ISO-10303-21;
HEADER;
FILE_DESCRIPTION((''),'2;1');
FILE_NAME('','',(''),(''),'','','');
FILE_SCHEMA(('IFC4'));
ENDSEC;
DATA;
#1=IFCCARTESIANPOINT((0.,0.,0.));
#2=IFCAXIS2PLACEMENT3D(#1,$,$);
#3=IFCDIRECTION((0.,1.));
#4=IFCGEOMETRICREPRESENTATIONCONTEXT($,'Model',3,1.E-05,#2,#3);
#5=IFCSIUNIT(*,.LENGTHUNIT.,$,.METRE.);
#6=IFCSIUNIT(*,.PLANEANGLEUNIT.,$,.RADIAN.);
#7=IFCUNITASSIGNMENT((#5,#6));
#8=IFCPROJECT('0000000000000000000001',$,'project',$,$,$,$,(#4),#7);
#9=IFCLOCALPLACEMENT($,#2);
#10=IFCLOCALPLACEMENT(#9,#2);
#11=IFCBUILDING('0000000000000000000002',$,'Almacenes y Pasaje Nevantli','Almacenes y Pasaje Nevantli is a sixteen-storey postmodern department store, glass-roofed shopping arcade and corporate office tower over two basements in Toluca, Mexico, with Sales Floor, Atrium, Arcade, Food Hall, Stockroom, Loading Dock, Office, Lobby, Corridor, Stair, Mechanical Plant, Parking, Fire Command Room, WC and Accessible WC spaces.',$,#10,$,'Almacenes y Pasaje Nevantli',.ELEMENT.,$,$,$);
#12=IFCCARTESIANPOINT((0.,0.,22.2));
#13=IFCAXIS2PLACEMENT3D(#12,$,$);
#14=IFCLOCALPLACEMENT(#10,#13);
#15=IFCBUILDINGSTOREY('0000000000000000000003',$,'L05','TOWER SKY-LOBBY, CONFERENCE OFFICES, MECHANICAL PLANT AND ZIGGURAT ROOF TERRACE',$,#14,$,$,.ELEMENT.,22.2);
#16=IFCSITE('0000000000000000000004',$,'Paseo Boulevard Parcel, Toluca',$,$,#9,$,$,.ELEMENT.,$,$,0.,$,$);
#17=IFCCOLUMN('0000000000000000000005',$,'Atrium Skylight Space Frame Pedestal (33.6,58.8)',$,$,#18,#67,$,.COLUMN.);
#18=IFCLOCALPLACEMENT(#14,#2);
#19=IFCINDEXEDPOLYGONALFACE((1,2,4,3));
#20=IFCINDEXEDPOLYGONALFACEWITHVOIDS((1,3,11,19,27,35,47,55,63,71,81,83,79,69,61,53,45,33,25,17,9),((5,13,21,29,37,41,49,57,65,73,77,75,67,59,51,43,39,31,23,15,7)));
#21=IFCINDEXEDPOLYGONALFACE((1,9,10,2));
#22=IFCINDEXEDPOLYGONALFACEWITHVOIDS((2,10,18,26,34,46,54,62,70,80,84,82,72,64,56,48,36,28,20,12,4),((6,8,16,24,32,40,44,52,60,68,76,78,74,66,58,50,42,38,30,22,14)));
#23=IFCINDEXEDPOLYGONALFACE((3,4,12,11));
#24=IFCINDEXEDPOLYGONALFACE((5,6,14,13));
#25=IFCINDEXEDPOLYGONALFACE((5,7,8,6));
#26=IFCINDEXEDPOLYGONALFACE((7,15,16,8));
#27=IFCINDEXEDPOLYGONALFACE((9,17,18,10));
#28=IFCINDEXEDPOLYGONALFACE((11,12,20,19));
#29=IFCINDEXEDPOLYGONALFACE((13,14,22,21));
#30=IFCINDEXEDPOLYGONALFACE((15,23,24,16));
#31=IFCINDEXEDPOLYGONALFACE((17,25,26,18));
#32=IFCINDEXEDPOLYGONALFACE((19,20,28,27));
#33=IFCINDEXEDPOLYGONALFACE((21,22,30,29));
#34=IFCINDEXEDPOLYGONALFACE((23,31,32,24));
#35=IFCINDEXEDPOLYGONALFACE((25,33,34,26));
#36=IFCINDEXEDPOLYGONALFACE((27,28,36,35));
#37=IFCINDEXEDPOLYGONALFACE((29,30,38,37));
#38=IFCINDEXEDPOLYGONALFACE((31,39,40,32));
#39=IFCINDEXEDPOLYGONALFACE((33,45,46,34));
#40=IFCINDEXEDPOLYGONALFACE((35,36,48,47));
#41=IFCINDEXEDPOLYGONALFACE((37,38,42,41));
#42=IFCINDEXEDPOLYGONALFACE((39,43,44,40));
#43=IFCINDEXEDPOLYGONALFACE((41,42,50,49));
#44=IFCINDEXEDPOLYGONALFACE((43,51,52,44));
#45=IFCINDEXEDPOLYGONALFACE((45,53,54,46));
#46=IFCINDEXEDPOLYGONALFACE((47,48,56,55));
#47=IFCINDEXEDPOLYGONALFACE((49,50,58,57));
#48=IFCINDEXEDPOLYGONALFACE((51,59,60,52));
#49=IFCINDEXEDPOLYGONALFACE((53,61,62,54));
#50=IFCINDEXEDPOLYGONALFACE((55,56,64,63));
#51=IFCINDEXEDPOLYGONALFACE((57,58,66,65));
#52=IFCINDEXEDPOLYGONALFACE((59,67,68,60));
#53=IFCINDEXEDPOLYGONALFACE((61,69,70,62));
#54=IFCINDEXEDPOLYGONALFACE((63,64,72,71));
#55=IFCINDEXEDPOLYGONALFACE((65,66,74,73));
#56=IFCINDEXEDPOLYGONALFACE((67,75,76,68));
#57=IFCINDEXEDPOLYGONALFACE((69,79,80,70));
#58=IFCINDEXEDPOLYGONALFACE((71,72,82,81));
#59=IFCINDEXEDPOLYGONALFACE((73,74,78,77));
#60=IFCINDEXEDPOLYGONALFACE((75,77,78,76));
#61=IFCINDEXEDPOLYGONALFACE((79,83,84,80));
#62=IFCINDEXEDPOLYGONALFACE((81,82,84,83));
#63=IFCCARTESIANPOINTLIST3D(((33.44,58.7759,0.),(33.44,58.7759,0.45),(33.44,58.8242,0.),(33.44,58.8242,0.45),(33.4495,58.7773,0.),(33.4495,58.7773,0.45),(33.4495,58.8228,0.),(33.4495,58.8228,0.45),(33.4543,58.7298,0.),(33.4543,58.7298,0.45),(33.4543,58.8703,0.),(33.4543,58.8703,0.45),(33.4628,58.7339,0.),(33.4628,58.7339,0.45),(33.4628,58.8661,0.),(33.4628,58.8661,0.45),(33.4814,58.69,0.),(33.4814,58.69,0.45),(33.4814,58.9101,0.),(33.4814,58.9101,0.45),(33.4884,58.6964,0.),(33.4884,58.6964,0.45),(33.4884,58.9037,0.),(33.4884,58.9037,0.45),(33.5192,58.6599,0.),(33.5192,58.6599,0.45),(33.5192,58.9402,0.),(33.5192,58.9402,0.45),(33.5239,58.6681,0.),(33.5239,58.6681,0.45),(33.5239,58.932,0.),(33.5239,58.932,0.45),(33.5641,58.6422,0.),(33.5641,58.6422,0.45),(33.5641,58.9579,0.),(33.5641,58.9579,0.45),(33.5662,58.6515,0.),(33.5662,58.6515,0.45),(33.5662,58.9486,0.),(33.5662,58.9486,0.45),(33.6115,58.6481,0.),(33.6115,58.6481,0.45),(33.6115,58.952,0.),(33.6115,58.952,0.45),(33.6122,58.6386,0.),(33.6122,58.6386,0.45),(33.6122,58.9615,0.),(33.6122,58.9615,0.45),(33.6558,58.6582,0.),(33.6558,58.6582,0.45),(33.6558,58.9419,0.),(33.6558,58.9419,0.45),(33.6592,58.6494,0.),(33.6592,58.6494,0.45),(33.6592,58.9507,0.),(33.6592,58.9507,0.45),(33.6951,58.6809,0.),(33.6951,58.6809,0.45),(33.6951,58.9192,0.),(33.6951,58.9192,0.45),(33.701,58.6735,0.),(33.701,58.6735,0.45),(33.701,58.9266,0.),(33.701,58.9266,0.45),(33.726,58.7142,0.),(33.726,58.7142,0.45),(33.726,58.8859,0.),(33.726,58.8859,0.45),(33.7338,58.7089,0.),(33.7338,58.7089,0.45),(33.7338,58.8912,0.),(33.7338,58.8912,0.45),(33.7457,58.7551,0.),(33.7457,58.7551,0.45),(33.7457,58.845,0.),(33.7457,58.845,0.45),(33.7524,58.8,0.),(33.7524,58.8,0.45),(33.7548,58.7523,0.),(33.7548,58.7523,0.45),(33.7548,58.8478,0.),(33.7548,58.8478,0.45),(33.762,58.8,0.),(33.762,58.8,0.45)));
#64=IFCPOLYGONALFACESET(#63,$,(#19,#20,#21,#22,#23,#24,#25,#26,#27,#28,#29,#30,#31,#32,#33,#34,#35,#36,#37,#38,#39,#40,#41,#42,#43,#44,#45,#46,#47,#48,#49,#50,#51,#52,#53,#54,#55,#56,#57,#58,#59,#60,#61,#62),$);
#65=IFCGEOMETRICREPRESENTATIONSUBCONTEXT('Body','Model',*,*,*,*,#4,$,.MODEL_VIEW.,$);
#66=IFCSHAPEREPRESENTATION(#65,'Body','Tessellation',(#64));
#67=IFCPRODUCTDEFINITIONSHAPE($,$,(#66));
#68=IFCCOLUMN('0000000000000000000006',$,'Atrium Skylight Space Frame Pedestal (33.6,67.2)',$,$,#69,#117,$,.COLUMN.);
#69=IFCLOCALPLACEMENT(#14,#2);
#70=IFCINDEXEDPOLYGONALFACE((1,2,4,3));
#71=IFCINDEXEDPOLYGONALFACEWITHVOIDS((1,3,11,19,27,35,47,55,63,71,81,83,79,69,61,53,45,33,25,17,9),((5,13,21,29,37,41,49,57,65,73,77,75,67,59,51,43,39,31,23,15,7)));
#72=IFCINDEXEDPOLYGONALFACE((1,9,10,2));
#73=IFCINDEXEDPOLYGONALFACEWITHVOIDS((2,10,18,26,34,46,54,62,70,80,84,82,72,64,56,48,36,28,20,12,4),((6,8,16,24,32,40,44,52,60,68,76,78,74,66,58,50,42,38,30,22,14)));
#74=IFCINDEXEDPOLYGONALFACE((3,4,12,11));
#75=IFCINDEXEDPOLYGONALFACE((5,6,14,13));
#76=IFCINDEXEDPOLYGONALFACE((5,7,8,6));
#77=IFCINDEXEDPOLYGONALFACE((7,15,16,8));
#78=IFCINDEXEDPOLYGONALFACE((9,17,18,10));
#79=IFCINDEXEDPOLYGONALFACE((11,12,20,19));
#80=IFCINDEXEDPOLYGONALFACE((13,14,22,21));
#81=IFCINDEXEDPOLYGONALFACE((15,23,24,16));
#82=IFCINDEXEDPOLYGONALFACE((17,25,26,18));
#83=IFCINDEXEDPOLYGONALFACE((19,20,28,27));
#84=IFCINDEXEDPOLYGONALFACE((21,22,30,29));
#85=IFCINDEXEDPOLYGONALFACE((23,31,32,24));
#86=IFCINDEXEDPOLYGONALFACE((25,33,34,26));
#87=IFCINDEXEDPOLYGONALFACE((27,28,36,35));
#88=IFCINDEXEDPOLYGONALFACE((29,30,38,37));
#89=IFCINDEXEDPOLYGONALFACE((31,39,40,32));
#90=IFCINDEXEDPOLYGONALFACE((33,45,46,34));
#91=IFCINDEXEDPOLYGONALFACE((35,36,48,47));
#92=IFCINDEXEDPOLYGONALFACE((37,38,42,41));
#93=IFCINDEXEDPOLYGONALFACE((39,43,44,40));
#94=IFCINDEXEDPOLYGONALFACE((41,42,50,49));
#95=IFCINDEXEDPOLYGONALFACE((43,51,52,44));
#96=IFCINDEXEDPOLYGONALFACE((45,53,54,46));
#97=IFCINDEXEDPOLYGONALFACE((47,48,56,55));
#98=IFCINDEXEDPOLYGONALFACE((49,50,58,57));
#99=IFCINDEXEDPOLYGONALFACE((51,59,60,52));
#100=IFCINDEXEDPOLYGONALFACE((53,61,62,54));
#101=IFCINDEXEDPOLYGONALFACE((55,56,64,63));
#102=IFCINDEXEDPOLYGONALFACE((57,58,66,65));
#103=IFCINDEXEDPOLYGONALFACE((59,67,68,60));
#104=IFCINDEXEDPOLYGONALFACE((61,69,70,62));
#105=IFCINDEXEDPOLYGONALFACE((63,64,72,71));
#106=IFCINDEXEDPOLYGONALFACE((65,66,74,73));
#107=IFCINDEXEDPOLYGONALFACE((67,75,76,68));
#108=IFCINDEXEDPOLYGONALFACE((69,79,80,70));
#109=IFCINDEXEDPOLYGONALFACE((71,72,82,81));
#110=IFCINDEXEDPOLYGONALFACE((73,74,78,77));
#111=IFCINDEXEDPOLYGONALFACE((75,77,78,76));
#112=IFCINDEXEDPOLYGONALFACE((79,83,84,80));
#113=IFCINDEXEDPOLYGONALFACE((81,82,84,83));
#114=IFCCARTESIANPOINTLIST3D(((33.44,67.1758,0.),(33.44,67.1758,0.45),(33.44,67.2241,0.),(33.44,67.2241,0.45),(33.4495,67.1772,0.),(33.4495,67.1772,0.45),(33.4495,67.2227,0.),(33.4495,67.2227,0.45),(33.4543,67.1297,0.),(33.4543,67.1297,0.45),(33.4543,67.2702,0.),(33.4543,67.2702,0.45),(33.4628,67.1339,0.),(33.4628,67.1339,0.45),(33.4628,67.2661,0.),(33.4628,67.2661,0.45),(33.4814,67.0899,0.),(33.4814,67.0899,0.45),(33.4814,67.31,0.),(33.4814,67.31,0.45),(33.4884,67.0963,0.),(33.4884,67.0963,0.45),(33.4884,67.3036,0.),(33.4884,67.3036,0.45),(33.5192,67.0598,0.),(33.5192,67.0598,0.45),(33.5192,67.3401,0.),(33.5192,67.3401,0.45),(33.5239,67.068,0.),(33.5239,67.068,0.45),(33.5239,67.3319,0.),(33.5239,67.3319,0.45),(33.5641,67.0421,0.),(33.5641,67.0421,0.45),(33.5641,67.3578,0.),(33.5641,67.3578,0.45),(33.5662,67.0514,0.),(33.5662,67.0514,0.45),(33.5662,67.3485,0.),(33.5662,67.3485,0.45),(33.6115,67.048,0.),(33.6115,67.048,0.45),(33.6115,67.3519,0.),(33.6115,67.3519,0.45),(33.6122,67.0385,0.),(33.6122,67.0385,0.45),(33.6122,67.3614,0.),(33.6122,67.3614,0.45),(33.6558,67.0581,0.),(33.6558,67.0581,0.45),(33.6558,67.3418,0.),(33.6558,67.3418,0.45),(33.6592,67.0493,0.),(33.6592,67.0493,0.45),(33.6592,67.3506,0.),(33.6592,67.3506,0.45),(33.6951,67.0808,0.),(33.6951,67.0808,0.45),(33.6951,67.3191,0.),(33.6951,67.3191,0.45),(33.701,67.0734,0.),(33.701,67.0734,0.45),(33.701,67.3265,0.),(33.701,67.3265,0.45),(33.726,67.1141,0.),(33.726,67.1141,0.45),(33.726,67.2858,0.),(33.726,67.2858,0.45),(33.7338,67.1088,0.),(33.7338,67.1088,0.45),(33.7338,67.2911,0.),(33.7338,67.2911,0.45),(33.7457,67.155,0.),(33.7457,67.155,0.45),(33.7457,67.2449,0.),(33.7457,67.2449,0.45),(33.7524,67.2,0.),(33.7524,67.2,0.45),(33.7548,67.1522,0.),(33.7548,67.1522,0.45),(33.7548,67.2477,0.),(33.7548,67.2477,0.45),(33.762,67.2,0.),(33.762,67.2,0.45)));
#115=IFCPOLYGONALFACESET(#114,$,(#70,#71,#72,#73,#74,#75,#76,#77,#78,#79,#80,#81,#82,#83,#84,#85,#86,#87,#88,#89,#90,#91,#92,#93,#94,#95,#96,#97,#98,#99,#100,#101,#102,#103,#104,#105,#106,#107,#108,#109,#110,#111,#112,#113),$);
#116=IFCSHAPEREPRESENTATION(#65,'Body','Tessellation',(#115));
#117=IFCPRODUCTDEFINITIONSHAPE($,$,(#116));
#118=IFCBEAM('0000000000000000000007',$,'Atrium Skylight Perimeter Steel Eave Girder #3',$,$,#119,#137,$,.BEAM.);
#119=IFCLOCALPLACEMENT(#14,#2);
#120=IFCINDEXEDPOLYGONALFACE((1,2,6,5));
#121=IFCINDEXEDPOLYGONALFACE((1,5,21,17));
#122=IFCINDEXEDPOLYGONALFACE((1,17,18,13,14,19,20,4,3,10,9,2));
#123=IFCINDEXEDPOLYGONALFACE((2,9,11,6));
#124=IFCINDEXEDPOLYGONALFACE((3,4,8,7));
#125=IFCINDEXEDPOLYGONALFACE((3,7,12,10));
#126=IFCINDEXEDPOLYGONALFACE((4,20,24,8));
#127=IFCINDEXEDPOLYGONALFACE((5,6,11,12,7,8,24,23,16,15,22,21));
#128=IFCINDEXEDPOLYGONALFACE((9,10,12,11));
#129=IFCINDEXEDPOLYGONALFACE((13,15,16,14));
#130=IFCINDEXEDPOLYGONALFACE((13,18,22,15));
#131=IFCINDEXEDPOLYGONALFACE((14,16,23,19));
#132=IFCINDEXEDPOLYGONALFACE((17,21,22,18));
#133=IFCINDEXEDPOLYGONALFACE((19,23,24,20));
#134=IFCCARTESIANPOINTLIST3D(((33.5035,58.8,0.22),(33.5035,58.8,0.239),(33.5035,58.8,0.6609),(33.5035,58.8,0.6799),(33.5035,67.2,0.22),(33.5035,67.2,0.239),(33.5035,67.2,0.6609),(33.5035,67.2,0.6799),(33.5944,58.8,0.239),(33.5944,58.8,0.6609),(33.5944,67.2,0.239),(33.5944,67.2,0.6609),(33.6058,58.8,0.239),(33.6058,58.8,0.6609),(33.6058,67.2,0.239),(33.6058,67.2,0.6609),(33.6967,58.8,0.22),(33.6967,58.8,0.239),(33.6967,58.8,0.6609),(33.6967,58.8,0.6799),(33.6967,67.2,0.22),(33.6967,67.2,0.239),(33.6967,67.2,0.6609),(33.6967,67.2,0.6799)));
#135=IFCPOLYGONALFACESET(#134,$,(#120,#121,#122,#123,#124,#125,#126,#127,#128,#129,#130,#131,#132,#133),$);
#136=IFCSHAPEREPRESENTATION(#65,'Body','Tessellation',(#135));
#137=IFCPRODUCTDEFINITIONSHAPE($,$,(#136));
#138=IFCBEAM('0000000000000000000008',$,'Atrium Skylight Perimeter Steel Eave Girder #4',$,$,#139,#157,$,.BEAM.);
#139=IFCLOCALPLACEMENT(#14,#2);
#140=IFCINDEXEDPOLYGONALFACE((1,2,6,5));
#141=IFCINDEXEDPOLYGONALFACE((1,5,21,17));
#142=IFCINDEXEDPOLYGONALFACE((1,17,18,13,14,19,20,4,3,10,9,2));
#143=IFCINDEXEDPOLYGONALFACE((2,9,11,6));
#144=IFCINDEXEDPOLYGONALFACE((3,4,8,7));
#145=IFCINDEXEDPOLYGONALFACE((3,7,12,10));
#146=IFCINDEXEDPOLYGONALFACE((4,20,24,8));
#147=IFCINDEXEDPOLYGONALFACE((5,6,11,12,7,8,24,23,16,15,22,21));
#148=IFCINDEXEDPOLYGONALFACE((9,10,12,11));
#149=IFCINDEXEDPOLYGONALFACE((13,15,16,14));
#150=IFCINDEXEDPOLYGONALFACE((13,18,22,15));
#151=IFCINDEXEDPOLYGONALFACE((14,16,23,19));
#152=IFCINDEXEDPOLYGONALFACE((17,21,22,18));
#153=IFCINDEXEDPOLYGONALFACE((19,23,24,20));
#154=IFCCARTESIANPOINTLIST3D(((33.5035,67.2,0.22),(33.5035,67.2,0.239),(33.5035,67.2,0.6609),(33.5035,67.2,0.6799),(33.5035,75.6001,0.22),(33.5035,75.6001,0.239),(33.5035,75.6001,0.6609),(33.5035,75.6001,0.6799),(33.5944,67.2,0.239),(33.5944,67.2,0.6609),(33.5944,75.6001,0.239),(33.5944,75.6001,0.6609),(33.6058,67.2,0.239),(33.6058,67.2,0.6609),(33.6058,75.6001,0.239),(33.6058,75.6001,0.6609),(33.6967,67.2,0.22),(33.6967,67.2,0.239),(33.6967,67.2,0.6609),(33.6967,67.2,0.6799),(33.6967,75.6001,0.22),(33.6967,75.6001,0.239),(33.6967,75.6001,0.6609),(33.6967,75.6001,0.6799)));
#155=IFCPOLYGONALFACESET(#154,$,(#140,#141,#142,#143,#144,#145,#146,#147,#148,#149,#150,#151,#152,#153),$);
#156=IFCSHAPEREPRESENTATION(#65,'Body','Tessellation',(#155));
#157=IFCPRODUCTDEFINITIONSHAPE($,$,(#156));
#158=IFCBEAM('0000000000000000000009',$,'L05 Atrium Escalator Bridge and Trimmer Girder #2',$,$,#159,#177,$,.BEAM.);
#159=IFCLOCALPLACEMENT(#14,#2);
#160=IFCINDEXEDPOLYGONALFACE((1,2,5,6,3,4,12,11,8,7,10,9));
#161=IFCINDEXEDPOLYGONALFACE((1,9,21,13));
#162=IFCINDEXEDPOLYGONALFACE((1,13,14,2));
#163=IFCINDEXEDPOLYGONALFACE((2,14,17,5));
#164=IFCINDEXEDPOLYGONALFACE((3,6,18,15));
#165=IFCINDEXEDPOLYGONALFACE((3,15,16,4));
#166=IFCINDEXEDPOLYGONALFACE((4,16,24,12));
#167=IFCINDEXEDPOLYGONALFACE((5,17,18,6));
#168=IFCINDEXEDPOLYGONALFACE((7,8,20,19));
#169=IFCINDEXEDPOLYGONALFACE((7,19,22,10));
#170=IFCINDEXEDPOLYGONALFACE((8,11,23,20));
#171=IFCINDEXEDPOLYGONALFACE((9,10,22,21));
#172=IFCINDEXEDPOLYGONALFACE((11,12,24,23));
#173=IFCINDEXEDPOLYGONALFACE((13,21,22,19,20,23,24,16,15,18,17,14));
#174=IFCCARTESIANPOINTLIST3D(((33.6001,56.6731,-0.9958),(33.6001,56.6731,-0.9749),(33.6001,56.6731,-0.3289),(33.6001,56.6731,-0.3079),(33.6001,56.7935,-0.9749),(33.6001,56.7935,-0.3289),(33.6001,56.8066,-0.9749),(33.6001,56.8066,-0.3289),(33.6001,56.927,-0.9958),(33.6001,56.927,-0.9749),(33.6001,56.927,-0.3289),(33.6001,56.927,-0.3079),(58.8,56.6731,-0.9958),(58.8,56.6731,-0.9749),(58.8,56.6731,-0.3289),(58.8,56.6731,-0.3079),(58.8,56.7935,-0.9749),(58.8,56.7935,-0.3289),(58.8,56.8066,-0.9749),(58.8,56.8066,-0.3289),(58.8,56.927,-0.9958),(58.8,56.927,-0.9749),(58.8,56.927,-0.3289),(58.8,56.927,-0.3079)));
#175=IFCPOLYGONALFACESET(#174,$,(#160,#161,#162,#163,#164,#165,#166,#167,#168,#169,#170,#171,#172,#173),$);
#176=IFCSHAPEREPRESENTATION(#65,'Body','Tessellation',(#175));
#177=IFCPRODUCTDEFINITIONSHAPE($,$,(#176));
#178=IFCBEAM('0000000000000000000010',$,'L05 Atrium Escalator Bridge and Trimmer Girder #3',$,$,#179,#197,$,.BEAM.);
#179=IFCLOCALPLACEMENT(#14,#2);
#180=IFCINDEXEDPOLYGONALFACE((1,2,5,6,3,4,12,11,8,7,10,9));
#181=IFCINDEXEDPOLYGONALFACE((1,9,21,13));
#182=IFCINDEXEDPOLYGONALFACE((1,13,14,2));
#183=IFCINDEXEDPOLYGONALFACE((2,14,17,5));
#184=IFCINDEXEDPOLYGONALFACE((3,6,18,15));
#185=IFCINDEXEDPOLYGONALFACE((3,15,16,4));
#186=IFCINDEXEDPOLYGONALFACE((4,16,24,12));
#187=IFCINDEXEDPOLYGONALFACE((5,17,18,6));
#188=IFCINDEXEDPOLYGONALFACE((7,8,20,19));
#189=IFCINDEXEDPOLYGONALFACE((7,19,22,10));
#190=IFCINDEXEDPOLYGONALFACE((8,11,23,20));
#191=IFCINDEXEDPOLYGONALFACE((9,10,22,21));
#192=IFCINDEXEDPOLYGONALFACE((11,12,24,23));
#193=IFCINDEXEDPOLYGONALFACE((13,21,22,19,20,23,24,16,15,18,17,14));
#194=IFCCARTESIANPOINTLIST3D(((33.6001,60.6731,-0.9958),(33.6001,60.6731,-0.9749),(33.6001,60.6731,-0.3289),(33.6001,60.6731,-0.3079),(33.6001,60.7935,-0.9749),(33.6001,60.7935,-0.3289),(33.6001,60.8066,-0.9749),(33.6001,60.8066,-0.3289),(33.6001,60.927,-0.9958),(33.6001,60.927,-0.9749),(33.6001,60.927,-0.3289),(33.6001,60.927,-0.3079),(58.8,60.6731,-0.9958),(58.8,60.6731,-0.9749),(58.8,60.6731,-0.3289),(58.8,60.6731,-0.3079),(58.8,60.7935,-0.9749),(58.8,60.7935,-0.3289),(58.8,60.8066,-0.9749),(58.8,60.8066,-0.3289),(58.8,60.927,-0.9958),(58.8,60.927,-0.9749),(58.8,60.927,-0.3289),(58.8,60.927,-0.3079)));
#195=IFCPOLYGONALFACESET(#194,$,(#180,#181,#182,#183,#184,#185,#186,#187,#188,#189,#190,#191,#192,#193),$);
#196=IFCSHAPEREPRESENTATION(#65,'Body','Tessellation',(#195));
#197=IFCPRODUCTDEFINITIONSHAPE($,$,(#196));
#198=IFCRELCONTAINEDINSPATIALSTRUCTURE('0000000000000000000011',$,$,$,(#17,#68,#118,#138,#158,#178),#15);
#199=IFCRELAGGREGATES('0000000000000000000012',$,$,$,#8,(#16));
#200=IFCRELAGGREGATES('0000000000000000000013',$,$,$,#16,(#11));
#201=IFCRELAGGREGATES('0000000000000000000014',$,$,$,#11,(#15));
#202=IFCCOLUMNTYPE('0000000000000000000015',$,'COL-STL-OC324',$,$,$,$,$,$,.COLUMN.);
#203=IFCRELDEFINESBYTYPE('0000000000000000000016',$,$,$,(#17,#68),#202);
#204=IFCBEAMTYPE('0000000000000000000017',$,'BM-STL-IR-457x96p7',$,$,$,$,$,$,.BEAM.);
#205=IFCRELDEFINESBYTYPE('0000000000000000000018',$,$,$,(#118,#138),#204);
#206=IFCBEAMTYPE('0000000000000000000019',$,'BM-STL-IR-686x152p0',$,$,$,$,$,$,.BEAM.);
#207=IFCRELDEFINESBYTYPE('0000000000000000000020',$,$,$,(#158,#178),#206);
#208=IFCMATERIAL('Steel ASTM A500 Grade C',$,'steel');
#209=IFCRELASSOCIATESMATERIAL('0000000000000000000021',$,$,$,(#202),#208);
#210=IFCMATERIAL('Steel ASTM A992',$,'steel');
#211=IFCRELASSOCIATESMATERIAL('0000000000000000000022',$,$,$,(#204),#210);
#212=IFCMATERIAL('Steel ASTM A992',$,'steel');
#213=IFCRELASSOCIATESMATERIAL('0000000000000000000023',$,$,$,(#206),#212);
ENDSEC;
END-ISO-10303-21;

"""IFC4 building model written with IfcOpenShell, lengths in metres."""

from ifc_helpers import new_model, si_unit, direction, frame, origin, origin_2d, place, context, subcontext, project, spatial, hollow_circle, i_section, extrude, material, material_profile, profile_set, type_object, element, save


model = new_model("IFC4")

# Units and contexts
model_context = context("Model", 3, precision=1e-05, world=origin(), true_north=direction((0.0, 1.0)))
body_context = subcontext(model_context, "Body", "Model", "MODEL_VIEW")
ifc_project = project(units=[si_unit("LENGTHUNIT", "METRE"), si_unit("PLANEANGLEUNIT", "RADIAN")], contexts=[model_context])

# Site, building, storey
site_placement = place(None, origin())
site = spatial("IfcSite", under=ifc_project, at=site_placement, Name="Paseo Boulevard Parcel, Toluca", CompositionType="ELEMENT", RefElevation=0.0)
building_placement = place(site_placement, origin())
building = spatial("IfcBuilding", under=site, at=building_placement, Name="Almacenes y Pasaje Nevantli", Description="Almacenes y Pasaje Nevantli is a sixteen-storey postmodern department store, glass-roofed shopping arcade and corporate office tower over two basements in Toluca, Mexico, with Sales Floor, Atrium, Arcade, Food Hall, Stockroom, Loading Dock, Office, Lobby, Corridor, Stair, Mechanical Plant, Parking, Fire Command Room, WC and Accessible WC spaces.", LongName="Almacenes y Pasaje Nevantli", CompositionType="ELEMENT")
storey_placement = place(building_placement, frame((0.0, 0.0, 22.2)))
storey = spatial("IfcBuildingStorey", under=building, at=storey_placement, Name="L05", Description="TOWER SKY-LOBBY, CONFERENCE OFFICES, MECHANICAL PLANT AND ZIGGURAT ROOF TERRACE", CompositionType="ELEMENT", Elevation=22.2)

# Columns
ifc_material_1 = material(Name="Steel ASTM A500 Grade C", Category="steel")
ifc_material_profile_1 = material_profile(ifc_material_1, hollow_circle(Radius=0.1619, WallThickness=0.0095, at=origin_2d()), Name="OC 324x9.5")
ifc_profile_set_1 = profile_set([ifc_material_profile_1], Name="Steel ASTM A500 Grade C")
column_type = type_object("IfcColumnType", Name="COL-STL-OC324", PredefinedType="COLUMN", material=ifc_profile_set_1)
for number, where, z_axis, x_axis, name in (
    (1, (33.6001, 58.8, 0.0), (0.0, 0.0, 1.0), (1.0, 0.0, 0.0), "Atrium Skylight Space Frame Pedestal (33.6,58.8)"),
    (2, (33.6001, 67.2, 0.0), (0.0, 0.0, 1.0), (1.0, 0.0, 0.0), "Atrium Skylight Space Frame Pedestal (33.6,67.2)"),
):
    element("IfcColumn", number, at=place(storey_placement, frame(where, z_axis=z_axis, x_axis=x_axis)), inside=storey, type_object=column_type, Name=name, PredefinedType="COLUMN", context=body_context, shape_type="SweptSolid", body=[
        extrude(hollow_circle(Radius=0.1619, WallThickness=0.0095, at=origin_2d()), origin(), (0.0, 0.0, 1.0), 0.45),
    ])

# Beams
ifc_material_2 = material(Name="Steel ASTM A992", Category="steel")
ifc_material_profile_2 = material_profile(ifc_material_2, i_section(OverallWidth=0.1931, OverallDepth=0.46, WebThickness=0.0115, FlangeThickness=0.019, at=origin_2d()), Name="IR 457x96.7")
ifc_profile_set_2 = profile_set([ifc_material_profile_2], Name="Steel ASTM A992")
beam_type_1 = type_object("IfcBeamType", Name="BM-STL-IR-457x96p7", PredefinedType="BEAM", material=ifc_profile_set_2)
beam_1_placement = place(storey_placement, frame((33.6001, 58.8, 0.45), z_axis=(0.0, 1.0, 0.0), x_axis=(-1.0, 0.0, 0.0)))
element("IfcBeam", 3, at=beam_1_placement, inside=storey, type_object=beam_type_1, Name="Atrium Skylight Perimeter Steel Eave Girder #3", PredefinedType="BEAM", context=body_context, shape_type="SweptSolid", body=[
    extrude(i_section(OverallWidth=0.1931, OverallDepth=0.46, WebThickness=0.0115, FlangeThickness=0.019, at=origin_2d()), origin(), (0.0, 0.0, 1.0), 8.3999),
])
beam_2_placement = place(storey_placement, frame((33.6001, 67.2, 0.45), z_axis=(0.0, 1.0, 0.0), x_axis=(-1.0, 0.0, 0.0)))
element("IfcBeam", 4, at=beam_2_placement, inside=storey, type_object=beam_type_1, Name="Atrium Skylight Perimeter Steel Eave Girder #4", PredefinedType="BEAM", context=body_context, shape_type="SweptSolid", body=[
    extrude(i_section(OverallWidth=0.1931, OverallDepth=0.46, WebThickness=0.0115, FlangeThickness=0.019, at=origin_2d()), origin(), (0.0, 0.0, 1.0), 8.4001),
])
ifc_material_3 = material(Name="Steel ASTM A992", Category="steel")
ifc_material_profile_3 = material_profile(ifc_material_3, i_section(OverallWidth=0.2539, OverallDepth=0.688, WebThickness=0.0132, FlangeThickness=0.021, at=origin_2d()), Name="IR 686x152.0")
ifc_profile_set_3 = profile_set([ifc_material_profile_3], Name="Steel ASTM A992")
beam_type_2 = type_object("IfcBeamType", Name="BM-STL-IR-686x152p0", PredefinedType="BEAM", material=ifc_profile_set_3)
for number, where, z_axis, x_axis, name in (
    (5, (33.6001, 56.8, -0.6519), (1.0, 0.0, 0.0), (0.0, 1.0, 0.0), "L05 Atrium Escalator Bridge and Trimmer Girder #2"),
    (6, (33.6001, 60.8, -0.6519), (1.0, 0.0, 0.0), (0.0, 1.0, 0.0), "L05 Atrium Escalator Bridge and Trimmer Girder #3"),
):
    element("IfcBeam", number, at=place(storey_placement, frame(where, z_axis=z_axis, x_axis=x_axis)), inside=storey, type_object=beam_type_2, Name=name, PredefinedType="BEAM", context=body_context, shape_type="SweptSolid", body=[
        extrude(i_section(OverallWidth=0.2539, OverallDepth=0.688, WebThickness=0.0132, FlangeThickness=0.021, at=origin_2d()), origin(), (0.0, 0.0, 1.0), 25.2),
    ])

save(model, "model.ifc")
